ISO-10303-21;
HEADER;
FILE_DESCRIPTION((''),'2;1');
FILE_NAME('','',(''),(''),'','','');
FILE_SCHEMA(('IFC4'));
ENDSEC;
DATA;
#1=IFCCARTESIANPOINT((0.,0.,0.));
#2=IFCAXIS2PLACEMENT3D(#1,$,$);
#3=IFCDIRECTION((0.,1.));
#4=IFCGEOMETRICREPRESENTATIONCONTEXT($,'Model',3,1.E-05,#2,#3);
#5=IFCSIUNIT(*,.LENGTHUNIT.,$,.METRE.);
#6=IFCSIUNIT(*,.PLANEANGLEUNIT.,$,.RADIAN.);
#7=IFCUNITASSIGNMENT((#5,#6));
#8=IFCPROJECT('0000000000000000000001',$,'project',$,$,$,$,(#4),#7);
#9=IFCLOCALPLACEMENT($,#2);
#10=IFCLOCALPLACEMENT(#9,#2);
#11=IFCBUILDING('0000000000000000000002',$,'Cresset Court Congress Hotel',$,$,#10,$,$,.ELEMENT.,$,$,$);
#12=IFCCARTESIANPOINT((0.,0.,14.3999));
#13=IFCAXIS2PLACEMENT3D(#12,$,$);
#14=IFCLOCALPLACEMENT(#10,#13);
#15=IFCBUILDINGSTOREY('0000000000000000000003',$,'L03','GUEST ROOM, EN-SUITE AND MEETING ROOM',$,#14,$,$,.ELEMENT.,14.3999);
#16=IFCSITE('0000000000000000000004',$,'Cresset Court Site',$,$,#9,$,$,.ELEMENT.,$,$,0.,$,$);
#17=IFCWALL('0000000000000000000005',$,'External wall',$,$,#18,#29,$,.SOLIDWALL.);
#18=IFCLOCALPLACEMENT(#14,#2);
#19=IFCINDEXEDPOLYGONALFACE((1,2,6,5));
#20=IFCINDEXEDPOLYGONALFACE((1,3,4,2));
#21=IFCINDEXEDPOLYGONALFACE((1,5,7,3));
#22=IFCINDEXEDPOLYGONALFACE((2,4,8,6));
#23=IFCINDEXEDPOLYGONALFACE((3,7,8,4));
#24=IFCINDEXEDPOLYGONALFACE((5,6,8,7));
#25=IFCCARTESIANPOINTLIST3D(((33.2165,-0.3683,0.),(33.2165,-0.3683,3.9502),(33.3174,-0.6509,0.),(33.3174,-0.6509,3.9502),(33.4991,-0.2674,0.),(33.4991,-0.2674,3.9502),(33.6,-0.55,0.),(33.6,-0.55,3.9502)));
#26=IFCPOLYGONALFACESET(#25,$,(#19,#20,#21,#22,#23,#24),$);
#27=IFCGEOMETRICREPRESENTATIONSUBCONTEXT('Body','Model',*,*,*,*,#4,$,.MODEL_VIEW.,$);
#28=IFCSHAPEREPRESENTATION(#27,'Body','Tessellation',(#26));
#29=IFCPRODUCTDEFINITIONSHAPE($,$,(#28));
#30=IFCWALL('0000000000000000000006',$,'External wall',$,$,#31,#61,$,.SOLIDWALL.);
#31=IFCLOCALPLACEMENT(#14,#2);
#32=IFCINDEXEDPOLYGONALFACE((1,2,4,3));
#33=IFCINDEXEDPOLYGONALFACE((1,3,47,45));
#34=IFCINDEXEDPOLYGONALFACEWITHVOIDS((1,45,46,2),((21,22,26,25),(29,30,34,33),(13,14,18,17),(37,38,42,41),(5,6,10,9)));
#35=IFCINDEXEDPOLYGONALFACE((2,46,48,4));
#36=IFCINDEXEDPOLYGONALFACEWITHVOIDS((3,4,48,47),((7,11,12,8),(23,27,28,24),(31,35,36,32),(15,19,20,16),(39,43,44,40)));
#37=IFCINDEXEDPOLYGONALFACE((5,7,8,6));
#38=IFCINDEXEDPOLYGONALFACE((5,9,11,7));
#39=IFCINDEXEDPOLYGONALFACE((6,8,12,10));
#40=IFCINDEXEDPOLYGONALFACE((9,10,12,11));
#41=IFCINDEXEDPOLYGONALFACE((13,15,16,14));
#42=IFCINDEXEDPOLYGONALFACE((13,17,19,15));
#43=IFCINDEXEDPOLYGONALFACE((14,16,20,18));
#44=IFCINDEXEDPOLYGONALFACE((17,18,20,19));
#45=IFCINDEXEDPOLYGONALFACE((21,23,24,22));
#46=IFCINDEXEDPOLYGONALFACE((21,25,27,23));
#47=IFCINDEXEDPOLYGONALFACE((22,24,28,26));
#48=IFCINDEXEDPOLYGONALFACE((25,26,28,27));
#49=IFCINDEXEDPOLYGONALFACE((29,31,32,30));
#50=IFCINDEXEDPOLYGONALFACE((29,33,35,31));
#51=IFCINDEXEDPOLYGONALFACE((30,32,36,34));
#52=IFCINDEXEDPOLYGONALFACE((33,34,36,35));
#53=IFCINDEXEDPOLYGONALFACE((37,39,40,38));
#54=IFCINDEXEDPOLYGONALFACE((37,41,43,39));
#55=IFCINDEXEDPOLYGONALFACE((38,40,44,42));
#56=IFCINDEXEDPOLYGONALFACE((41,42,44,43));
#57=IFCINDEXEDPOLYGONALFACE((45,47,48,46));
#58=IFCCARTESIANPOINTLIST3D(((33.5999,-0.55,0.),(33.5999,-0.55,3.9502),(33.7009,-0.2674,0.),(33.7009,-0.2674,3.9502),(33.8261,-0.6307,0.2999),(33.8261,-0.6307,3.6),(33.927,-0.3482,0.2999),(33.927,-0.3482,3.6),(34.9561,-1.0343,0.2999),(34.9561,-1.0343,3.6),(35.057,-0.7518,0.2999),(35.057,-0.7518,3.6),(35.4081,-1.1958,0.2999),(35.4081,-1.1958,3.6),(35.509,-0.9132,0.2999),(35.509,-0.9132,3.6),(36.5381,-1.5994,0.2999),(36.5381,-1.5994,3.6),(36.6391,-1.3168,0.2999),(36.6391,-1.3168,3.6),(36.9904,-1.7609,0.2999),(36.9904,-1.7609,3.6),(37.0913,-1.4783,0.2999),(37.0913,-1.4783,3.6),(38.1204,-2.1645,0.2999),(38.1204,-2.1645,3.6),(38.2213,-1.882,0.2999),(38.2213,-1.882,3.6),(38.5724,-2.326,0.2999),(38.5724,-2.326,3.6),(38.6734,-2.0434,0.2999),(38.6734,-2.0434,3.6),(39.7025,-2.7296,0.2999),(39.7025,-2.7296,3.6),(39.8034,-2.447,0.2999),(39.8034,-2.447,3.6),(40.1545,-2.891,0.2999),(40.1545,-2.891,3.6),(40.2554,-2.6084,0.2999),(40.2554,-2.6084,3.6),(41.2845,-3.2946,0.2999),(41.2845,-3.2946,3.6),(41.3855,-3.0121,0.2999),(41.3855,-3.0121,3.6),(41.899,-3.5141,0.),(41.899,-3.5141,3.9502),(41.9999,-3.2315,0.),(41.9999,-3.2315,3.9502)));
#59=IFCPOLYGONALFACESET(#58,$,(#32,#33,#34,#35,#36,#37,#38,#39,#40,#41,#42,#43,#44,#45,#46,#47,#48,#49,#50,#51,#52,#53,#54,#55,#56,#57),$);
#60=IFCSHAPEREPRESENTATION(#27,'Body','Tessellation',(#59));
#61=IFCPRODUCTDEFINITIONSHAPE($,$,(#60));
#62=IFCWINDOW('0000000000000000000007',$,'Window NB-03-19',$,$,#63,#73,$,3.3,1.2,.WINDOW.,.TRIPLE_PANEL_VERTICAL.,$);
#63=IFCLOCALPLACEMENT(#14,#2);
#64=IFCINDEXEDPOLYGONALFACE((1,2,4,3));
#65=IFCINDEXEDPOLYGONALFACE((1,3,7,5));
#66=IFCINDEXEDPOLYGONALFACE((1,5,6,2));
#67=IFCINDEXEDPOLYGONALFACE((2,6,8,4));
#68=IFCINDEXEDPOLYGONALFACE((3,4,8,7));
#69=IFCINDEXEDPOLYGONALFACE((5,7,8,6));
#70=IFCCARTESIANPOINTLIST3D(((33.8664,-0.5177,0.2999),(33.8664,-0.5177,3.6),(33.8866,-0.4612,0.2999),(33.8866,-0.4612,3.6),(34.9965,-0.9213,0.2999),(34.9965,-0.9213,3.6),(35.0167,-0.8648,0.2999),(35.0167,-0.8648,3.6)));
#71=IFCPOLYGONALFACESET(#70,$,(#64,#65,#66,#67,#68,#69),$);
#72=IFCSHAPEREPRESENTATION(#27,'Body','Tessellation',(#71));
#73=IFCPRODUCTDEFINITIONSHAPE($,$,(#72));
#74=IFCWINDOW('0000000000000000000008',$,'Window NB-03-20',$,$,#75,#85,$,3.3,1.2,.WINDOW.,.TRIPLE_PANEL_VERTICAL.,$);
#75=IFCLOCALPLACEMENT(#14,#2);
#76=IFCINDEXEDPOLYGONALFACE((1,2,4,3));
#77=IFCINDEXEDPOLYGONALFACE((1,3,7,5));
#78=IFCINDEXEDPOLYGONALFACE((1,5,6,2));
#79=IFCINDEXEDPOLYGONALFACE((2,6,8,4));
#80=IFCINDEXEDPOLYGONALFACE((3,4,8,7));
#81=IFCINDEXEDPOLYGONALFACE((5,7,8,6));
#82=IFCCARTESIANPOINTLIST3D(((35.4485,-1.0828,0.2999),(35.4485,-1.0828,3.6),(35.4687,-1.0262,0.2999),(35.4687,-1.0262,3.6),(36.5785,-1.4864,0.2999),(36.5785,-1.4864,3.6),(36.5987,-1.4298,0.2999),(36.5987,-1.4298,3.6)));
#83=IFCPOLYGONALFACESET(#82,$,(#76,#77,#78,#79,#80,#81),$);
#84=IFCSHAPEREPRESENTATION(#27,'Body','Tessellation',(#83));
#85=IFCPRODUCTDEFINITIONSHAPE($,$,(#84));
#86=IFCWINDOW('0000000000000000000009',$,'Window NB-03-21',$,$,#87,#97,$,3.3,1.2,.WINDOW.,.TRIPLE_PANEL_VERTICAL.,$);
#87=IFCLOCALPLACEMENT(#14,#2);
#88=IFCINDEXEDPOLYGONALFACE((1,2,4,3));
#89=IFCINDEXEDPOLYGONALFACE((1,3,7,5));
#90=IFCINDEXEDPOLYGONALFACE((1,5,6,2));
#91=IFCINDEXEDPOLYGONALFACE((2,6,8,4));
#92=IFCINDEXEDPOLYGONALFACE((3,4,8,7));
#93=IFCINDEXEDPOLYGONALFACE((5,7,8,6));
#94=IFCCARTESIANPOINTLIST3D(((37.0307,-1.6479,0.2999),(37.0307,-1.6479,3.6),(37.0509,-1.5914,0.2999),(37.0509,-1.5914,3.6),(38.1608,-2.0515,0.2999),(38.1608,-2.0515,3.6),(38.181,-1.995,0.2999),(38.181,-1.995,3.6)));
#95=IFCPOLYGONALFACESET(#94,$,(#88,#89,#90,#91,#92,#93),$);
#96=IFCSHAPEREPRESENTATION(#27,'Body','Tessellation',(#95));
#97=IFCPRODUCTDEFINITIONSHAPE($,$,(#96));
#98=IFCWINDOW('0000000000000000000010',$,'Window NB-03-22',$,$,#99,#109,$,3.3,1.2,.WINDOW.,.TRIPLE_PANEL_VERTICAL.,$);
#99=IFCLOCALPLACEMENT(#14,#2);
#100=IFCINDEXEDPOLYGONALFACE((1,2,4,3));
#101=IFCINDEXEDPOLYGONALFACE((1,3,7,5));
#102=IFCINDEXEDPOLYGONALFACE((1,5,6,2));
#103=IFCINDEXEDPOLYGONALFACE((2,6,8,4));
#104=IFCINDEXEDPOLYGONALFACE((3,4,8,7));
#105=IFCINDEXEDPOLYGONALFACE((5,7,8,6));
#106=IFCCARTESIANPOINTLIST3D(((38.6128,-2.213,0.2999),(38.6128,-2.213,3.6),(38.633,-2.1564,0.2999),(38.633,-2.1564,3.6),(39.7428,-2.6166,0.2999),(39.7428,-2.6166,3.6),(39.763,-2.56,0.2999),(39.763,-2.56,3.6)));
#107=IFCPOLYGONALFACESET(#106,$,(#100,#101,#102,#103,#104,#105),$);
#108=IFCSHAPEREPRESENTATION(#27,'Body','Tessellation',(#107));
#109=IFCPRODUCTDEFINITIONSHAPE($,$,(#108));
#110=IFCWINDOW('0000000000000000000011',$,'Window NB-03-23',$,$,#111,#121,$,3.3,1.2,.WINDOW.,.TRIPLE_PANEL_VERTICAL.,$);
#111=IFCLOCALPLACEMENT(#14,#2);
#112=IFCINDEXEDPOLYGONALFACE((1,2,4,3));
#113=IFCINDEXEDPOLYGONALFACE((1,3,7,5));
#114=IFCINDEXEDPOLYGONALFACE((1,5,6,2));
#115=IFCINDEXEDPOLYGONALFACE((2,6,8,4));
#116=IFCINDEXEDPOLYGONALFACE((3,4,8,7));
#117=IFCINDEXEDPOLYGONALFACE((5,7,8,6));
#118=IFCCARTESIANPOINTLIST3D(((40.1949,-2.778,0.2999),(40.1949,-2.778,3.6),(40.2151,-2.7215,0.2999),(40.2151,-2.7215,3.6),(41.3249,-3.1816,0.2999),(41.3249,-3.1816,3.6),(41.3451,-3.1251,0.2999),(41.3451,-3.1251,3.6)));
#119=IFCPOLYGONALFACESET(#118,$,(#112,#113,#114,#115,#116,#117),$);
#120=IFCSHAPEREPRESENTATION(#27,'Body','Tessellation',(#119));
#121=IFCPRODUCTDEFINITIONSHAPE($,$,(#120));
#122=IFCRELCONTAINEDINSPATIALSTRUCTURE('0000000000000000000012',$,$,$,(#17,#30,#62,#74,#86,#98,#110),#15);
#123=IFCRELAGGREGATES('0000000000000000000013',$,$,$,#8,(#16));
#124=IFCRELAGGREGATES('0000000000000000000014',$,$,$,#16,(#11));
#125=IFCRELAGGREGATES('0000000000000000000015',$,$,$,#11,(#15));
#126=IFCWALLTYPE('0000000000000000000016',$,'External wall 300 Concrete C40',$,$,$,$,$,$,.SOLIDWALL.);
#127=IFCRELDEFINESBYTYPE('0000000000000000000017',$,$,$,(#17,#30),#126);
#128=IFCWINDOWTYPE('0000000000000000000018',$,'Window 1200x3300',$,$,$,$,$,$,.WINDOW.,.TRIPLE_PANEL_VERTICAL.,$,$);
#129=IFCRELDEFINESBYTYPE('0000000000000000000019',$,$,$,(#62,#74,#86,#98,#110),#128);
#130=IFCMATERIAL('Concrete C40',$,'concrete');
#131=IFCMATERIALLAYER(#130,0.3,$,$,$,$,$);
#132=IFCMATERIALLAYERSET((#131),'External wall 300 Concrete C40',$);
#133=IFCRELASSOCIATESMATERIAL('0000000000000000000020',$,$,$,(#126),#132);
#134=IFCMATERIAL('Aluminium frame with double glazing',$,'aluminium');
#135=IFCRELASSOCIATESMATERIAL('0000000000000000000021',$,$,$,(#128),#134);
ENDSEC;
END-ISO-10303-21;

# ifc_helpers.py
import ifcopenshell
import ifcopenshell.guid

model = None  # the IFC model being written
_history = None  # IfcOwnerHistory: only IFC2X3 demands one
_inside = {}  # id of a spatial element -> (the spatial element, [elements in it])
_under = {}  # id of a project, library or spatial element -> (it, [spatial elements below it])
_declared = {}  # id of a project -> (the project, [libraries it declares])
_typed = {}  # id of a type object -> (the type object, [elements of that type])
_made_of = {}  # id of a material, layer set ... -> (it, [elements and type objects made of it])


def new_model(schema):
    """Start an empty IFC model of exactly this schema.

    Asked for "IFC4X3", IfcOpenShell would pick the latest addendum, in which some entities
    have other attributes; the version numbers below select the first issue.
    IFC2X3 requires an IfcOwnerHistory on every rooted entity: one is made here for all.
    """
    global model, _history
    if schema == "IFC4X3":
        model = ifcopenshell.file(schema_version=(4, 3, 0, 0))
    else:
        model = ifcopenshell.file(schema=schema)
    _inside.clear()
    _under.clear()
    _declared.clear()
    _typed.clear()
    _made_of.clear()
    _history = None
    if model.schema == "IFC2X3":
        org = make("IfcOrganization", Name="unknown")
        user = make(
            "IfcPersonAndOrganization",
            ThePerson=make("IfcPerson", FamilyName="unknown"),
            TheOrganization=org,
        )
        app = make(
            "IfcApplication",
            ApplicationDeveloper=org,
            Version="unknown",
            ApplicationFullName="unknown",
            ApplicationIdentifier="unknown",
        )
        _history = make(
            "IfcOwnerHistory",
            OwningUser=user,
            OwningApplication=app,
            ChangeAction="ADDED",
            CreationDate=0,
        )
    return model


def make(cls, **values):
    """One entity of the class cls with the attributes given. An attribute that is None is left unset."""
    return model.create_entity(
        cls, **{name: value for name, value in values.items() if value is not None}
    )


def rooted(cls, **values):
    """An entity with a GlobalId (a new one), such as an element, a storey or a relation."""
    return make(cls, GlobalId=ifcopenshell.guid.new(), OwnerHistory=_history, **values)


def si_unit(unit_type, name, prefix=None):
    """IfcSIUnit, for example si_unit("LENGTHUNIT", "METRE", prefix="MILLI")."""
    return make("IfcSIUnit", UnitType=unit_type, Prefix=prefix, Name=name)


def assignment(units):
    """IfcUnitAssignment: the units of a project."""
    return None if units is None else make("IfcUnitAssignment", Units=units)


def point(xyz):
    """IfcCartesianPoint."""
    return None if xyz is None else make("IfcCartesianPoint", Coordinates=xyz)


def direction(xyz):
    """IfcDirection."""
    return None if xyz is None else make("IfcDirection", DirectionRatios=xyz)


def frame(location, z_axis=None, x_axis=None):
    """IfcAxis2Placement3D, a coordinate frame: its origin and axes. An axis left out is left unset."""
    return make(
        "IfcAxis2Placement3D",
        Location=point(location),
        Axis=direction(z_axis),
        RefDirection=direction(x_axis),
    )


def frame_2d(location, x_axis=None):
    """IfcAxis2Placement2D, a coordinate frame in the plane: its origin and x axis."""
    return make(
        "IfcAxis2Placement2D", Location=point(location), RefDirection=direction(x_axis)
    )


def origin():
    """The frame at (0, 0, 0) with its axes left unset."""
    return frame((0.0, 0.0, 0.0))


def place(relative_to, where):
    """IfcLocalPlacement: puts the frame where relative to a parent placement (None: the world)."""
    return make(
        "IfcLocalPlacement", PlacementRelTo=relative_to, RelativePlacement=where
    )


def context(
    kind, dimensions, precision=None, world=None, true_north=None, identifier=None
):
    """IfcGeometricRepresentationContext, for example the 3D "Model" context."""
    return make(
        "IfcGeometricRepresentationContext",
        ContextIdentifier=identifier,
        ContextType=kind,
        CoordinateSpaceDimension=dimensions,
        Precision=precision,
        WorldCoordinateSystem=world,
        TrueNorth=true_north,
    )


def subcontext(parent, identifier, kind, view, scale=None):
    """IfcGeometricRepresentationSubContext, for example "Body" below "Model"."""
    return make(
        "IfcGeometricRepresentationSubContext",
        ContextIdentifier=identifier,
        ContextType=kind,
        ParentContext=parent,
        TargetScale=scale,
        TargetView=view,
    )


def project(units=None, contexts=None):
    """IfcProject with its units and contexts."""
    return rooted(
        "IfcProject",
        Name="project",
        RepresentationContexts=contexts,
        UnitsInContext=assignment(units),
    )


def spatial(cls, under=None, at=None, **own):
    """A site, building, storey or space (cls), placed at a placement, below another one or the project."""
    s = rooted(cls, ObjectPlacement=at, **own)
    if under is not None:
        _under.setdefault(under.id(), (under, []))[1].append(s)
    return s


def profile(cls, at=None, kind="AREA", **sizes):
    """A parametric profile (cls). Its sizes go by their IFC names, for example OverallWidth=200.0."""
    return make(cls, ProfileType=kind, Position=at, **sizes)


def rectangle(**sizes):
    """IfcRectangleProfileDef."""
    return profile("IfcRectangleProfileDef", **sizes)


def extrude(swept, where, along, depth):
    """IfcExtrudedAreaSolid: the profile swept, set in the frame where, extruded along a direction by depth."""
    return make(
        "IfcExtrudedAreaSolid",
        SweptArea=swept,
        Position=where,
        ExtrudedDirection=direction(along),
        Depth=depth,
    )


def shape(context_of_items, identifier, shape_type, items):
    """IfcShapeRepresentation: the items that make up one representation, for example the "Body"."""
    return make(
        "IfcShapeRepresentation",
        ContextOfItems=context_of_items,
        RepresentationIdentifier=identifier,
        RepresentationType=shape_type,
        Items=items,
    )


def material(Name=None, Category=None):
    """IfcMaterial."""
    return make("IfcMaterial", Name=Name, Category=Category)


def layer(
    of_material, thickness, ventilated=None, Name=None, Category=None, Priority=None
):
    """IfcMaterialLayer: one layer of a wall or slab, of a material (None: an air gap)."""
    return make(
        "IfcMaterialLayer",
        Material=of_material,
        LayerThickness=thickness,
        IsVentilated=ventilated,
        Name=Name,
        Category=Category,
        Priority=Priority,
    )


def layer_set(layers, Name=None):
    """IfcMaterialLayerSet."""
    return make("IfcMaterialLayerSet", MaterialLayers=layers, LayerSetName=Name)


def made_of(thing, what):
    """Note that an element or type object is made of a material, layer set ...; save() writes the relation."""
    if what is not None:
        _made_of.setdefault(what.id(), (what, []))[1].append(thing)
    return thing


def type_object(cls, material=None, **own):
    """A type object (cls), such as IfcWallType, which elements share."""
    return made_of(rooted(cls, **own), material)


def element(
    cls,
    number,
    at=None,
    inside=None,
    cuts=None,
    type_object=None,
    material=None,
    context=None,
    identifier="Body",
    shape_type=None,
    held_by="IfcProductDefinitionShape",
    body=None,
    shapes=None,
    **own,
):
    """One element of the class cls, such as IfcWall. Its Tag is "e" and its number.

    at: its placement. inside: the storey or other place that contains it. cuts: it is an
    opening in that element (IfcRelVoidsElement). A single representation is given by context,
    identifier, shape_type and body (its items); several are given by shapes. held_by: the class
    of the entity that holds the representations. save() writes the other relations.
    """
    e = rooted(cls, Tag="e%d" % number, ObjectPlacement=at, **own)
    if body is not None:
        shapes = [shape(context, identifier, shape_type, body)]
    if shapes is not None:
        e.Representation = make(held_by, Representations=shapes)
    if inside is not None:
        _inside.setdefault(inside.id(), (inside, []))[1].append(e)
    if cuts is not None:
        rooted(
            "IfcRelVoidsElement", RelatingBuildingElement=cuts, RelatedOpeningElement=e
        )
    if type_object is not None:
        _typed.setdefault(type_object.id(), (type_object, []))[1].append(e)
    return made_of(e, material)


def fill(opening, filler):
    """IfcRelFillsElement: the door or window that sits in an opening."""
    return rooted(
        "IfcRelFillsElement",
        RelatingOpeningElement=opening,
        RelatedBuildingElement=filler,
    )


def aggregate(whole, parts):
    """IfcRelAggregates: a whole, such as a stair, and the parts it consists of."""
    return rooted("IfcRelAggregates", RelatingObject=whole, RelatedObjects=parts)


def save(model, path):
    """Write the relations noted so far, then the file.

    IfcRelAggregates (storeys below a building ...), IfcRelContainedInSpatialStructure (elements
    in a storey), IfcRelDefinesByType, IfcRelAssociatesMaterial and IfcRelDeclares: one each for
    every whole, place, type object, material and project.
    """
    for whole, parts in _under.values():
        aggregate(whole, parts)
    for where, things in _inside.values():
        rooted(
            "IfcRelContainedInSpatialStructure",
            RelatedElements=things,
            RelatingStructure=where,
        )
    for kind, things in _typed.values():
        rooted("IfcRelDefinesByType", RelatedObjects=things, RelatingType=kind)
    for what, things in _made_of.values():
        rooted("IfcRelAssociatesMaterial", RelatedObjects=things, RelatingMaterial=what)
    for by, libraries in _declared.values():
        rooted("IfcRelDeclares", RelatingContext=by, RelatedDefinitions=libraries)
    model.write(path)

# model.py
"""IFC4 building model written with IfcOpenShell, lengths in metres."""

from ifc_helpers import new_model, si_unit, direction, frame, frame_2d, origin, place, context, subcontext, project, spatial, rectangle, extrude, material, layer, layer_set, type_object, element, fill, save


model = new_model("IFC4")

# Units and contexts
model_context = context("Model", 3, precision=1e-05, world=origin(), true_north=direction((0.0, 1.0)))
body_context = subcontext(model_context, "Body", "Model", "MODEL_VIEW")
ifc_project = project(units=[si_unit("LENGTHUNIT", "METRE"), si_unit("PLANEANGLEUNIT", "RADIAN")], contexts=[model_context])

# Site, building, storey
site_placement = place(None, origin())
site = spatial("IfcSite", under=ifc_project, at=site_placement, Name="Cresset Court Site", CompositionType="ELEMENT", RefElevation=0.0)
building_placement = place(site_placement, origin())
building = spatial("IfcBuilding", under=site, at=building_placement, Name="Cresset Court Congress Hotel", CompositionType="ELEMENT")
storey_placement = place(building_placement, frame((0.0, 0.0, 14.3999)))
storey = spatial("IfcBuildingStorey", under=building, at=storey_placement, Name="L03", Description="GUEST ROOM, EN-SUITE AND MEETING ROOM", CompositionType="ELEMENT", Elevation=14.3999)

# Wall
ifc_material_1 = material(Name="Concrete C40", Category="concrete")
ifc_layer_1 = layer(ifc_material_1, 0.3)
ifc_layer_set_1 = layer_set([ifc_layer_1], Name="External wall 300 Concrete C40")
wall_type_1 = type_object("IfcWallType", Name="External wall 300 Concrete C40", PredefinedType="SOLIDWALL", material=ifc_layer_set_1)
wall_1_placement = place(storey_placement, frame((33.2671, -0.5095, 0.0), z_axis=(0.0, 0.0, 1.0), x_axis=(0.941797, 0.336182, 0.0)))
element("IfcWall", 1, at=wall_1_placement, inside=storey, type_object=wall_type_1, Name="External wall", PredefinedType="SOLIDWALL", context=body_context, shape_type="SweptSolid", body=[
    extrude(rectangle(XDim=0.3, YDim=0.3, at=frame_2d((0.1499, 0.0))), origin(), (0.0, 0.0, 1.0), 3.9502),
])

# Wall, openings, windows
wall_2_placement = place(storey_placement, frame((33.6504, -0.4087, 0.0), z_axis=(0.0, 0.0, 1.0), x_axis=(0.941736, -0.336352, 0.0)))
wall_2 = element("IfcWall", 2, at=wall_2_placement, inside=storey, type_object=wall_type_1, Name="External wall", PredefinedType="SOLIDWALL", context=body_context, shape_type="SweptSolid", body=[
    extrude(rectangle(XDim=8.8125, YDim=0.3, at=frame_2d((4.4062, 0.0))), origin(), (0.0, 0.0, 1.0), 3.9502),
])
opening_1_placement = place(wall_2_placement, frame((0.24, 0.0, 0.3)))
opening_1 = element("IfcOpeningElement", 3, at=opening_1_placement, cuts=wall_2, PredefinedType="OPENING", context=body_context, shape_type="SweptSolid", body=[
    extrude(rectangle(XDim=1.2, YDim=3.3, at=frame_2d((0.6001, 1.6499))), frame((0.0, 0.1599, 0.0), z_axis=(0.0, -1.0, 0.0), x_axis=(1.0, 0.0, 0.0)), (0.0, 0.0, 1.0), 0.3201),
])
opening_2_placement = place(wall_2_placement, frame((1.9199, 0.0, 0.3)))
opening_2 = element("IfcOpeningElement", 4, at=opening_2_placement, cuts=wall_2, PredefinedType="OPENING", context=body_context, shape_type="SweptSolid", body=[
    extrude(rectangle(XDim=1.2, YDim=3.3, at=frame_2d((0.6001, 1.6499))), frame((0.0, 0.1599, 0.0), z_axis=(0.0, -1.0, 0.0), x_axis=(1.0, 0.0, 0.0)), (0.0, 0.0, 1.0), 0.3201),
])
opening_3_placement = place(wall_2_placement, frame((3.6001, 0.0, 0.3)))
opening_3 = element("IfcOpeningElement", 5, at=opening_3_placement, cuts=wall_2, PredefinedType="OPENING", context=body_context, shape_type="SweptSolid", body=[
    extrude(rectangle(XDim=1.2, YDim=3.3, at=frame_2d((0.6001, 1.6499))), frame((0.0, 0.1599, 0.0), z_axis=(0.0, -1.0, 0.0), x_axis=(1.0, 0.0, 0.0)), (0.0, 0.0, 1.0), 0.3201),
])
opening_4_placement = place(wall_2_placement, frame((5.28, 0.0, 0.3)))
opening_4 = element("IfcOpeningElement", 6, at=opening_4_placement, cuts=wall_2, PredefinedType="OPENING", context=body_context, shape_type="SweptSolid", body=[
    extrude(rectangle(XDim=1.2, YDim=3.3, at=frame_2d((0.6001, 1.6499))), frame((0.0, 0.1599, 0.0), z_axis=(0.0, -1.0, 0.0), x_axis=(1.0, 0.0, 0.0)), (0.0, 0.0, 1.0), 0.3201),
])
opening_5_placement = place(wall_2_placement, frame((6.96, 0.0, 0.3)))
opening_5 = element("IfcOpeningElement", 7, at=opening_5_placement, cuts=wall_2, PredefinedType="OPENING", context=body_context, shape_type="SweptSolid", body=[
    extrude(rectangle(XDim=1.2, YDim=3.3, at=frame_2d((0.6001, 1.6499))), frame((0.0, 0.1599, 0.0), z_axis=(0.0, -1.0, 0.0), x_axis=(1.0, 0.0, 0.0)), (0.0, 0.0, 1.0), 0.3201),
])
ifc_material_2 = material(Name="Aluminium frame with double glazing", Category="aluminium")
window_type = type_object("IfcWindowType", Name="Window 1200x3300", PartitioningType="TRIPLE_PANEL_VERTICAL", PredefinedType="WINDOW", material=ifc_material_2)
window_1_placement = place(opening_1_placement, origin())
window_1 = element("IfcWindow", 8, at=window_1_placement, inside=storey, type_object=window_type, Name="Window NB-03-19", OverallHeight=3.3, OverallWidth=1.2, PartitioningType="TRIPLE_PANEL_VERTICAL", PredefinedType="WINDOW", context=body_context, shape_type="SweptSolid", body=[
    extrude(rectangle(XDim=1.2, YDim=3.3, at=frame_2d((0.6001, 1.6499))), frame((0.0, 0.03, 0.0), z_axis=(0.0, -1.0, 0.0), x_axis=(1.0, 0.0, 0.0)), (0.0, 0.0, 1.0), 0.0601),
])
fill(opening_1, window_1)
window_2_placement = place(opening_2_placement, origin())
window_2 = element("IfcWindow", 9, at=window_2_placement, inside=storey, type_object=window_type, Name="Window NB-03-20", OverallHeight=3.3, OverallWidth=1.2, PartitioningType="TRIPLE_PANEL_VERTICAL", PredefinedType="WINDOW", context=body_context, shape_type="SweptSolid", body=[
    extrude(rectangle(XDim=1.2, YDim=3.3, at=frame_2d((0.6001, 1.6499))), frame((0.0, 0.03, 0.0), z_axis=(0.0, -1.0, 0.0), x_axis=(1.0, 0.0, 0.0)), (0.0, 0.0, 1.0), 0.0601),
])
fill(opening_2, window_2)
window_3_placement = place(opening_3_placement, origin())
window_3 = element("IfcWindow", 10, at=window_3_placement, inside=storey, type_object=window_type, Name="Window NB-03-21", OverallHeight=3.3, OverallWidth=1.2, PartitioningType="TRIPLE_PANEL_VERTICAL", PredefinedType="WINDOW", context=body_context, shape_type="SweptSolid", body=[
    extrude(rectangle(XDim=1.2, YDim=3.3, at=frame_2d((0.6001, 1.6499))), frame((0.0, 0.03, 0.0), z_axis=(0.0, -1.0, 0.0), x_axis=(1.0, 0.0, 0.0)), (0.0, 0.0, 1.0), 0.0601),
])
fill(opening_3, window_3)
window_4_placement = place(opening_4_placement, origin())
window_4 = element("IfcWindow", 11, at=window_4_placement, inside=storey, type_object=window_type, Name="Window NB-03-22", OverallHeight=3.3, OverallWidth=1.2, PartitioningType="TRIPLE_PANEL_VERTICAL", PredefinedType="WINDOW", context=body_context, shape_type="SweptSolid", body=[
    extrude(rectangle(XDim=1.2, YDim=3.3, at=frame_2d((0.6001, 1.6499))), frame((0.0, 0.03, 0.0), z_axis=(0.0, -1.0, 0.0), x_axis=(1.0, 0.0, 0.0)), (0.0, 0.0, 1.0), 0.0601),
])
fill(opening_4, window_4)
window_5_placement = place(opening_5_placement, origin())
window_5 = element("IfcWindow", 12, at=window_5_placement, inside=storey, type_object=window_type, Name="Window NB-03-23", OverallHeight=3.3, OverallWidth=1.2, PartitioningType="TRIPLE_PANEL_VERTICAL", PredefinedType="WINDOW", context=body_context, shape_type="SweptSolid", body=[
    extrude(rectangle(XDim=1.2, YDim=3.3, at=frame_2d((0.6001, 1.6499))), frame((0.0, 0.03, 0.0), z_axis=(0.0, -1.0, 0.0), x_axis=(1.0, 0.0, 0.0)), (0.0, 0.0, 1.0), 0.0601),
])
fill(opening_5, window_5)

save(model, "model.ifc")
